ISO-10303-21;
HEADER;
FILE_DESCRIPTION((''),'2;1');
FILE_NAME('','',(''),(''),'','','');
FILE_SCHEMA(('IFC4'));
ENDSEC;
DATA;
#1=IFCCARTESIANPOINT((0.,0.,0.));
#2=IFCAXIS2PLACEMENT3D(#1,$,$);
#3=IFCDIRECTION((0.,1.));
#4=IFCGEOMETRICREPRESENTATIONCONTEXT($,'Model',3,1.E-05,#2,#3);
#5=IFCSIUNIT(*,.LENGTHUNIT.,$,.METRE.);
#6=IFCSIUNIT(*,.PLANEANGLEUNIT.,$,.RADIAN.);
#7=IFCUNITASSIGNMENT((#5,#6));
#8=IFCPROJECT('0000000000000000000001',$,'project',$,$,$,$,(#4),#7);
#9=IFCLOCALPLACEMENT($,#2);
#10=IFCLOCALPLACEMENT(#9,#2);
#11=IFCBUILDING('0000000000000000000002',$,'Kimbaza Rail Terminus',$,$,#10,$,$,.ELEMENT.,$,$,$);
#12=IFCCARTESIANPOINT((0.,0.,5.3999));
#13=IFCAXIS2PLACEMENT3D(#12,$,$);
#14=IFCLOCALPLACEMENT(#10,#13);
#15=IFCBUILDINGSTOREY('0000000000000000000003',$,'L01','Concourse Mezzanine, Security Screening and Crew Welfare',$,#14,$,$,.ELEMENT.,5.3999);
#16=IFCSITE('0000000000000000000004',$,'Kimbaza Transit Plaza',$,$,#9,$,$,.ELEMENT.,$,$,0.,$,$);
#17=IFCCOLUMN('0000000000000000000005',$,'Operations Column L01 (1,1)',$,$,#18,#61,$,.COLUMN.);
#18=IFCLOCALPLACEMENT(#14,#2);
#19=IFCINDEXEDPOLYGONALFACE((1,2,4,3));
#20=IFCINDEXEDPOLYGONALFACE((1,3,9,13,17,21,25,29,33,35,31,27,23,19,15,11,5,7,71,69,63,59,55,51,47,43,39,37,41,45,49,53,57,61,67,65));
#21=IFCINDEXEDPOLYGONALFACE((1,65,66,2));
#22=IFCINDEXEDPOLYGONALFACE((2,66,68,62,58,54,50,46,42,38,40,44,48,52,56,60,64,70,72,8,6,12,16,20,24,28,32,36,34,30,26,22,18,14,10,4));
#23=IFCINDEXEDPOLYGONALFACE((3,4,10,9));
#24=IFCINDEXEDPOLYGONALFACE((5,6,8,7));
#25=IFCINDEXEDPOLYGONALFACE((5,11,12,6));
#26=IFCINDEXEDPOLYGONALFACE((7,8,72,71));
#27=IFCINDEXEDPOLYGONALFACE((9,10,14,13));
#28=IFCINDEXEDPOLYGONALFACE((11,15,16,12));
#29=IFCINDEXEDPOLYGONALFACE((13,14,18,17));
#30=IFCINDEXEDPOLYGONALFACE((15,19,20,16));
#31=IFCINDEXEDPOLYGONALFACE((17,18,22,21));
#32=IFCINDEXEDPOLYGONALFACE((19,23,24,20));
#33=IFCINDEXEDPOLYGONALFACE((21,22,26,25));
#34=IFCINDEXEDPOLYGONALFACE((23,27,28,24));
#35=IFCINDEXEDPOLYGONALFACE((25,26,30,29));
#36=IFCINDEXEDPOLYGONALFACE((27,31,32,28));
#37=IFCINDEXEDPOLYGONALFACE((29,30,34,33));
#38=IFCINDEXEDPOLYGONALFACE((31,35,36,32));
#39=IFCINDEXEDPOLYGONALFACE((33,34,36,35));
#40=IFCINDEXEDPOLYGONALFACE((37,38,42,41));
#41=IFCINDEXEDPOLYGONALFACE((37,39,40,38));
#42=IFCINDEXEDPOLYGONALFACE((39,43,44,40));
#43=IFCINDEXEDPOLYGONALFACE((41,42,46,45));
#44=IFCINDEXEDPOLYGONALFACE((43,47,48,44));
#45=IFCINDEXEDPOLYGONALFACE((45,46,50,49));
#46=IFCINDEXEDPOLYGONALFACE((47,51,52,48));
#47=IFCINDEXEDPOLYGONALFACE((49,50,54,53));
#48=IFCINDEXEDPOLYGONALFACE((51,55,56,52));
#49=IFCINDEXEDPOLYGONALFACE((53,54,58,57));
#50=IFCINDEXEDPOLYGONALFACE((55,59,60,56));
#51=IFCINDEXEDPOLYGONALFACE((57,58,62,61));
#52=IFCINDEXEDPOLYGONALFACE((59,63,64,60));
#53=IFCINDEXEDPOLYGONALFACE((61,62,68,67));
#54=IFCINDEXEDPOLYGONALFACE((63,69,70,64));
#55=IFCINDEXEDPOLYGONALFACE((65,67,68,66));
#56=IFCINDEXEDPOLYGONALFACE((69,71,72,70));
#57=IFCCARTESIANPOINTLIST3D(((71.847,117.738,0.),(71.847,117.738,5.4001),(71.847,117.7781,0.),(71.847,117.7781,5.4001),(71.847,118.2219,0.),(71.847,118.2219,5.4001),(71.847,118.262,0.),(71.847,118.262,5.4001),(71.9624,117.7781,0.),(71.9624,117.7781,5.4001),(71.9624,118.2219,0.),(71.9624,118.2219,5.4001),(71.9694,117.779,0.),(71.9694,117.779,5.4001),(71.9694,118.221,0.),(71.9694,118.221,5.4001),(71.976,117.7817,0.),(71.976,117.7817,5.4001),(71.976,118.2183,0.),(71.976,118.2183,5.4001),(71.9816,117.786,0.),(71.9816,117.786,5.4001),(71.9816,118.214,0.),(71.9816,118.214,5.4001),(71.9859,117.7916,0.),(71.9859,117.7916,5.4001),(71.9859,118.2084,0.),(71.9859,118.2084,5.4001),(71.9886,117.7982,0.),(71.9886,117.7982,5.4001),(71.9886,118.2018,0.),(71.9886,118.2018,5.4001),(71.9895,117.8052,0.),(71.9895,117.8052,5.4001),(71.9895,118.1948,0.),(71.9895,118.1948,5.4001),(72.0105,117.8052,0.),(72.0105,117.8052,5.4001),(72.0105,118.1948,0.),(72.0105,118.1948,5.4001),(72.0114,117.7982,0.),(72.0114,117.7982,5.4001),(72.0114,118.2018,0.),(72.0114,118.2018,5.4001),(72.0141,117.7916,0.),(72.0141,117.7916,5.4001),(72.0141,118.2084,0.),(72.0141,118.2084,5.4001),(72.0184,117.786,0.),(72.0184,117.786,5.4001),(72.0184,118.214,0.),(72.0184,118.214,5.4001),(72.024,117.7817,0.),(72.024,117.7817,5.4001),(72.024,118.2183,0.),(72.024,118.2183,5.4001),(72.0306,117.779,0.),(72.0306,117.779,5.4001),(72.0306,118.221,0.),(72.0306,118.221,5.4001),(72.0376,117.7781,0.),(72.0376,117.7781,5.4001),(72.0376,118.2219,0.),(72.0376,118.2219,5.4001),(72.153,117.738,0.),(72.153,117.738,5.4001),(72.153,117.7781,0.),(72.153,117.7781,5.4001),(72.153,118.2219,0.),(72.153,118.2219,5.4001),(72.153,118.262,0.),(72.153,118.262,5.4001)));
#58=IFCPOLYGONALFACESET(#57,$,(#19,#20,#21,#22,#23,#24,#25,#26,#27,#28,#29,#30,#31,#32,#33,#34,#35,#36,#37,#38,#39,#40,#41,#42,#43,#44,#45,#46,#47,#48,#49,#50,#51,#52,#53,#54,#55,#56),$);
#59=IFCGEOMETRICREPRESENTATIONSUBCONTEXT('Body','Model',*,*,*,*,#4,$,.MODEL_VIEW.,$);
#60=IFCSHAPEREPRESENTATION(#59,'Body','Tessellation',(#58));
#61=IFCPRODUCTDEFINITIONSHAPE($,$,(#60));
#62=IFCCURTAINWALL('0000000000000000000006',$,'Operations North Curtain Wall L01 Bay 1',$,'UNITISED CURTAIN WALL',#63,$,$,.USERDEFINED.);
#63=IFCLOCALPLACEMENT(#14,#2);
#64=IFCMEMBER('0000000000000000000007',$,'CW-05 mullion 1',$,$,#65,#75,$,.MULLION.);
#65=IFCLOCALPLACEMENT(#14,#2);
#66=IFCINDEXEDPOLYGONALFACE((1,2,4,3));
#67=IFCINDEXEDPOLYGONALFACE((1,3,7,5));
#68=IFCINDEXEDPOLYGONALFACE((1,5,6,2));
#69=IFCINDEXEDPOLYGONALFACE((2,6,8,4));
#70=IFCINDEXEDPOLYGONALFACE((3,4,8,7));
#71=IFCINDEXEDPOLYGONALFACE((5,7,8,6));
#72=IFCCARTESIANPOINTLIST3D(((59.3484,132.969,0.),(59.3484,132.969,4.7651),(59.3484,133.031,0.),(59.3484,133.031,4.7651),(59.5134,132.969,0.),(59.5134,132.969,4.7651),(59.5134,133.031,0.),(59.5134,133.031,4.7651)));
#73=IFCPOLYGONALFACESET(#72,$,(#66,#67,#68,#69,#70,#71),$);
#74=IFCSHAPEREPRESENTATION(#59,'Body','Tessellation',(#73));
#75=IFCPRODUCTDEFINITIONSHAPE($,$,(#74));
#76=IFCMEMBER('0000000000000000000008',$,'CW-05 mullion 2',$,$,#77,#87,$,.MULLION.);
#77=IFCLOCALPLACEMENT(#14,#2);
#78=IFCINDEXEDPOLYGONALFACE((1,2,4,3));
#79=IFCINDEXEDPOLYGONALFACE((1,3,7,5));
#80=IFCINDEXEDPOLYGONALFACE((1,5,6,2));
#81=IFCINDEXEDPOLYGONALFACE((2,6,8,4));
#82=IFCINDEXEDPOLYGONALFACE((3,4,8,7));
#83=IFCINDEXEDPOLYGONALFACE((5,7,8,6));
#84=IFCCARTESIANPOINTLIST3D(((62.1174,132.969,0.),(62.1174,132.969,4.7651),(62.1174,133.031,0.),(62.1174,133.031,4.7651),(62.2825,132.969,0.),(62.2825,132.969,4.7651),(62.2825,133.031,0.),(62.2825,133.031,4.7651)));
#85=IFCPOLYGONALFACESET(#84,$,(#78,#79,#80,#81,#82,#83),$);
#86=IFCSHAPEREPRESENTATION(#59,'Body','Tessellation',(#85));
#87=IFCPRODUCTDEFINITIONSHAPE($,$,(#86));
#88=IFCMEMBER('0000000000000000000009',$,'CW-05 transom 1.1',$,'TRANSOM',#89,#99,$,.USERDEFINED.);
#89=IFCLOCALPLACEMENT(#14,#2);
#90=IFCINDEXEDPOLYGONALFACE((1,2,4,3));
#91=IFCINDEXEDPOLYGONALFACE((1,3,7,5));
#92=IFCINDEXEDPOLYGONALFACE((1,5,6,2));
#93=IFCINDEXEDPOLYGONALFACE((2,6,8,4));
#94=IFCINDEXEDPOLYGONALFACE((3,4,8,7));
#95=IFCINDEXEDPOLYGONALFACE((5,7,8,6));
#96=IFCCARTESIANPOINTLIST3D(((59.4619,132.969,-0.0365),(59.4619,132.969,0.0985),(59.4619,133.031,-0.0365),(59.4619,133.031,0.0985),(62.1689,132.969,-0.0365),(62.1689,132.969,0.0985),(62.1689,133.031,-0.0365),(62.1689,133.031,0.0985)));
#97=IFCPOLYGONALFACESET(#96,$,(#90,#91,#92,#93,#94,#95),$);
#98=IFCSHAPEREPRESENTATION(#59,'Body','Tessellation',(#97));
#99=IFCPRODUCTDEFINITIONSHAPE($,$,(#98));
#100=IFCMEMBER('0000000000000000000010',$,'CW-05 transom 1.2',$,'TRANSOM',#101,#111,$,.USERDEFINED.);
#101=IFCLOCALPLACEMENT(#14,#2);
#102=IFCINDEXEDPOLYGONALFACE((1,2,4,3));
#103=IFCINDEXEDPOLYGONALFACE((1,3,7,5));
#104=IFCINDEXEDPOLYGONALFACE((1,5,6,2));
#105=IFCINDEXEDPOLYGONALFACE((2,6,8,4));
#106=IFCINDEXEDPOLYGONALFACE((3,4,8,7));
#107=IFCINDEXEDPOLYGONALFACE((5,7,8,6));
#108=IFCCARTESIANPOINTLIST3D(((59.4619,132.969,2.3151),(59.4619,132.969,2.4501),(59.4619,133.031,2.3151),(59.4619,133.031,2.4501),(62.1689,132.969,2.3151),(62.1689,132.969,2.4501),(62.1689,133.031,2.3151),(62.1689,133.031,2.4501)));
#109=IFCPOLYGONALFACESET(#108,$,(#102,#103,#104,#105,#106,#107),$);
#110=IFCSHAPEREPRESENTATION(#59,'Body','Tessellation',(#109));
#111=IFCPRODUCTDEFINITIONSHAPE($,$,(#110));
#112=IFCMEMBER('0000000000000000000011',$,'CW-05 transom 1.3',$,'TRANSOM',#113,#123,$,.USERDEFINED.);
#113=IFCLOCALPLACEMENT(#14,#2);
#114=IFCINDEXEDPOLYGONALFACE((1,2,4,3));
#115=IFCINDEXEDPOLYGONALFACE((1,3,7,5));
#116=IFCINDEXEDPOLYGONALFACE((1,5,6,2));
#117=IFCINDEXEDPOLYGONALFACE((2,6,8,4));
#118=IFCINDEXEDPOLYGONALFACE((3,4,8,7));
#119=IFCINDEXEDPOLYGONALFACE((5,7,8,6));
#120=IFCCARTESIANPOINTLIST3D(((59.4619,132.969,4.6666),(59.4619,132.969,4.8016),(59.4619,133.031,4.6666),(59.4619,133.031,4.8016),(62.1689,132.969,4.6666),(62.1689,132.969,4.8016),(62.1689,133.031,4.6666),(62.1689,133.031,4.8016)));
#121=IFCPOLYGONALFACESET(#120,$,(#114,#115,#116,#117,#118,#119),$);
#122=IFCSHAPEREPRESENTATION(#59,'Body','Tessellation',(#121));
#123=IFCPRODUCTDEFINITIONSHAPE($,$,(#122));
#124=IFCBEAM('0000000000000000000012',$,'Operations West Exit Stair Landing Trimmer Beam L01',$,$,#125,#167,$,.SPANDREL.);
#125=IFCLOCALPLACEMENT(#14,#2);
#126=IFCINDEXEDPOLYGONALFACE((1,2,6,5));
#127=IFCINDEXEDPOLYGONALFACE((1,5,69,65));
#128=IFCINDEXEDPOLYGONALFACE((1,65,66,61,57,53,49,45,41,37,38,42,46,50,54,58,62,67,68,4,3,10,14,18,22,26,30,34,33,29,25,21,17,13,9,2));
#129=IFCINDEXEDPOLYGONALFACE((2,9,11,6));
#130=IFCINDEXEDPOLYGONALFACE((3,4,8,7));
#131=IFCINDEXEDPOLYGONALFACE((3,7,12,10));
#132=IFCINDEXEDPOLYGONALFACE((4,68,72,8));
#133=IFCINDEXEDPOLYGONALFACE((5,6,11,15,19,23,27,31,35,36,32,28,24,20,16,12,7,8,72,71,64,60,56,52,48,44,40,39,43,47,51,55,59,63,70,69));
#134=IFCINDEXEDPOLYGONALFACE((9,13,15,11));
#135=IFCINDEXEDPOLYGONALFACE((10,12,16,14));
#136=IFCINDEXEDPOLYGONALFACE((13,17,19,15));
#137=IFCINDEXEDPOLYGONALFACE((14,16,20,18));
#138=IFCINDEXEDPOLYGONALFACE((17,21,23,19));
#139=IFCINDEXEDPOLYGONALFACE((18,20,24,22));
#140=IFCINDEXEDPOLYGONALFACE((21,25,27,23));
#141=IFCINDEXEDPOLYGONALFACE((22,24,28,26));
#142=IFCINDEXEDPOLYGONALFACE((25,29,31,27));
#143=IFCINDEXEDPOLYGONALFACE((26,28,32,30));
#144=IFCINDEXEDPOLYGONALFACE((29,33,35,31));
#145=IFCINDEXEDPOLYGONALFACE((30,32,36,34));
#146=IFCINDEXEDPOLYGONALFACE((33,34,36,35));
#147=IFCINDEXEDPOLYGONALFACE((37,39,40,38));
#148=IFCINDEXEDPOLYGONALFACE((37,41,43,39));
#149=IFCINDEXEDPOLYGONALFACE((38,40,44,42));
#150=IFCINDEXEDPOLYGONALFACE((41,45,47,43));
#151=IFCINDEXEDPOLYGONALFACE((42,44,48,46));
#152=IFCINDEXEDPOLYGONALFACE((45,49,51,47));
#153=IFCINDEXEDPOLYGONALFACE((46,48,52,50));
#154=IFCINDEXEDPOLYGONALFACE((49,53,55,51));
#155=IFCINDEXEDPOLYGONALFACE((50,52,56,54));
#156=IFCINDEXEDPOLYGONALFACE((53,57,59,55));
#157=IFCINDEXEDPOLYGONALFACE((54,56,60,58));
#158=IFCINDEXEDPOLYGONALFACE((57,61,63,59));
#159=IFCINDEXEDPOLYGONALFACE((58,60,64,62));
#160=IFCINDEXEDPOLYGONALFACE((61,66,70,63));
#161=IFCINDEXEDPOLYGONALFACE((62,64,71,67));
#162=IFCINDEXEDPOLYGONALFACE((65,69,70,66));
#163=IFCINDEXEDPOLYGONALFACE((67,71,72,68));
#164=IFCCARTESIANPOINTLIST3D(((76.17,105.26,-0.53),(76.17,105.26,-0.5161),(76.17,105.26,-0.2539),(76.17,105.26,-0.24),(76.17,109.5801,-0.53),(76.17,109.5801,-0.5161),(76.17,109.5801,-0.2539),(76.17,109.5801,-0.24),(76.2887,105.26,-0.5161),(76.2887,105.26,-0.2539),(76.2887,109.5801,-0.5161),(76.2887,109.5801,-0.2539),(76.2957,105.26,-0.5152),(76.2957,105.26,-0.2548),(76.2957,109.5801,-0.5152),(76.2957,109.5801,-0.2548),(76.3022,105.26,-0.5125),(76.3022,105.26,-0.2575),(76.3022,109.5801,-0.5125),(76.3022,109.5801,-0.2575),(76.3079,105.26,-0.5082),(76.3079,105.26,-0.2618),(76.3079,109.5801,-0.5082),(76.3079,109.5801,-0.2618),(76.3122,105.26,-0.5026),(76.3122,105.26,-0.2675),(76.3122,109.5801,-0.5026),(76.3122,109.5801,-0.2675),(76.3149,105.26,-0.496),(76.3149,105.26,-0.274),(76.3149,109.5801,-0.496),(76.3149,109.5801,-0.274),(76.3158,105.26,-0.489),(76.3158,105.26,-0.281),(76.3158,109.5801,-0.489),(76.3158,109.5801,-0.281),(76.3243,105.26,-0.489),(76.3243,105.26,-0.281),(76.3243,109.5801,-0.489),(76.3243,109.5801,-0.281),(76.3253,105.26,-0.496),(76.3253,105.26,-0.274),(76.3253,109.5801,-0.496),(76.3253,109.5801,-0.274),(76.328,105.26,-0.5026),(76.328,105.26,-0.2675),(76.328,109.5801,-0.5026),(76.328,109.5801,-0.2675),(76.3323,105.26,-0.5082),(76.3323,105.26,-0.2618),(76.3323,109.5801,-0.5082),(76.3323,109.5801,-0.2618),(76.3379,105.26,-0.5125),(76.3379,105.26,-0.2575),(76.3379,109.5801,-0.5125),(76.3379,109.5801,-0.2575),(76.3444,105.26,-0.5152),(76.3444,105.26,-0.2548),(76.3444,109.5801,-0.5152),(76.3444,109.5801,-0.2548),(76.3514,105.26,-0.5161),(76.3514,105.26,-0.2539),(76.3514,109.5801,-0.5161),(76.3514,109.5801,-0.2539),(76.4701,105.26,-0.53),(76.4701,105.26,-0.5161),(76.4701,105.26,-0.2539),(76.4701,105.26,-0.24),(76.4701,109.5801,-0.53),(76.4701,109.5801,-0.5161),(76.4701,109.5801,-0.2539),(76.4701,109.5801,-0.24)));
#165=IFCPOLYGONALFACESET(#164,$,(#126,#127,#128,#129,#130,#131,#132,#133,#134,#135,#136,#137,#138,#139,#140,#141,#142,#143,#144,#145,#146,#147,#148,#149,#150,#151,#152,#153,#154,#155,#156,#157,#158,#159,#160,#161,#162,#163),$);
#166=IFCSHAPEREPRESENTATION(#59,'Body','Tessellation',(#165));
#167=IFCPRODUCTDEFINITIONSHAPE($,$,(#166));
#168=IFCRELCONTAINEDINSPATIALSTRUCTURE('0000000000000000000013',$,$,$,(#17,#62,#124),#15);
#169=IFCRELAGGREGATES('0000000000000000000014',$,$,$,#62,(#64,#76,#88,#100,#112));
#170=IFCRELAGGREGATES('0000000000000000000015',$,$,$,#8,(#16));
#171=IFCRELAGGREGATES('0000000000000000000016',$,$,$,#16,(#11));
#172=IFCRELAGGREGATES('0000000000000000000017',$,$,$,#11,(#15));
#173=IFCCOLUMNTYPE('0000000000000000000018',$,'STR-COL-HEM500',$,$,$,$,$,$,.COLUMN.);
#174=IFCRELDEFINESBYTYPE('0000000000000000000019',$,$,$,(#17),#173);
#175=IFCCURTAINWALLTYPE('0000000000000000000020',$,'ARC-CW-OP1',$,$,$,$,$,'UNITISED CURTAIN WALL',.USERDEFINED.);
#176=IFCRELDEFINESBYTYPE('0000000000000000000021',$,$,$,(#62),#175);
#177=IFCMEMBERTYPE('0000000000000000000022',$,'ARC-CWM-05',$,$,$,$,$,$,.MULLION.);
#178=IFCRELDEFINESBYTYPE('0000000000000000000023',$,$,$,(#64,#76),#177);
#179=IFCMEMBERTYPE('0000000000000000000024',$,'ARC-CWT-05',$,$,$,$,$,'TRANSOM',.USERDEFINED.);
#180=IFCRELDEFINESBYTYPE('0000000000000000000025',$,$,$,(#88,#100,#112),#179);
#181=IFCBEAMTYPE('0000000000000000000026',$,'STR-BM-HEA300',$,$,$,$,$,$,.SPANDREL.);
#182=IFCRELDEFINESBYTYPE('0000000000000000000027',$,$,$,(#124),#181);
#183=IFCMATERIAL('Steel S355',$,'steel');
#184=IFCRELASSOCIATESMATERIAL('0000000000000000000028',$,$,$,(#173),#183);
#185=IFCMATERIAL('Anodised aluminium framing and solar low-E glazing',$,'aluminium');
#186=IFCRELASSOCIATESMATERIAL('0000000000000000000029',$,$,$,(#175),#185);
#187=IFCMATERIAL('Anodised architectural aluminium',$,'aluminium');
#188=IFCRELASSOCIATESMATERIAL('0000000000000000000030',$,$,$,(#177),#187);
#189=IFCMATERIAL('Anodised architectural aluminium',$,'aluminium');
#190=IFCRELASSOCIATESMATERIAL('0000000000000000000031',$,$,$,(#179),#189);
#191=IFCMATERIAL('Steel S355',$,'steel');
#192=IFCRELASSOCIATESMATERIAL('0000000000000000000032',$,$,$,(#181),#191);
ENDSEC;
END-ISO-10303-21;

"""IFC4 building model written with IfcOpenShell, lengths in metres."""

from ifc_helpers import new_model, si_unit, direction, frame, origin, origin_2d, place, context, subcontext, project, spatial, rectangle, i_section, extrude, material, material_profile, profile_set, type_object, element, aggregate, save


model = new_model("IFC4")

# Units and contexts
model_context = context("Model", 3, precision=1e-05, world=origin(), true_north=direction((0.0, 1.0)))
body_context = subcontext(model_context, "Body", "Model", "MODEL_VIEW")
ifc_project = project(units=[si_unit("LENGTHUNIT", "METRE"), si_unit("PLANEANGLEUNIT", "RADIAN")], contexts=[model_context])

# Site, building, storey
site_placement = place(None, origin())
site = spatial("IfcSite", under=ifc_project, at=site_placement, Name="Kimbaza Transit Plaza", CompositionType="ELEMENT", RefElevation=0.0)
building_placement = place(site_placement, origin())
building = spatial("IfcBuilding", under=site, at=building_placement, Name="Kimbaza Rail Terminus", CompositionType="ELEMENT")
storey_placement = place(building_placement, frame((0.0, 0.0, 5.3999)))
storey = spatial("IfcBuildingStorey", under=building, at=storey_placement, Name="L01", Description="Concourse Mezzanine, Security Screening and Crew Welfare", CompositionType="ELEMENT", Elevation=5.3999)

# Column
ifc_material_1 = material(Name="Steel S355", Category="steel")
ifc_material_profile_1 = material_profile(ifc_material_1, i_section(OverallWidth=0.3059, OverallDepth=0.5239, WebThickness=0.021, FlangeThickness=0.04, FilletRadius=0.0271, at=origin_2d()), Name="HEM 500")
ifc_profile_set_1 = profile_set([ifc_material_profile_1], Name="Steel S355")
column_type = type_object("IfcColumnType", Name="STR-COL-HEM500", PredefinedType="COLUMN", material=ifc_profile_set_1)
column_placement = place(storey_placement, frame((72.0, 118.0, 0.0), z_axis=(0.0, 0.0, 1.0), x_axis=(1.0, 0.0, 0.0)))
element("IfcColumn", 1, at=column_placement, inside=storey, type_object=column_type, Name="Operations Column L01 (1,1)", PredefinedType="COLUMN", context=body_context, shape_type="SweptSolid", body=[
    extrude(i_section(OverallWidth=0.3059, OverallDepth=0.5239, WebThickness=0.021, FlangeThickness=0.04, FilletRadius=0.0271, at=origin_2d()), origin(), (0.0, 0.0, 1.0), 5.4001),
])

# Curtain wall, members
ifc_material_2 = material(Name="Anodised aluminium framing and solar low-E glazing", Category="aluminium")
curtain_wall_type = type_object("IfcCurtainWallType", Name="ARC-CW-OP1", ElementType="UNITISED CURTAIN WALL", PredefinedType="USERDEFINED", material=ifc_material_2)
curtain_wall_placement = place(storey_placement, origin())
curtain_wall = element("IfcCurtainWall", 2, at=curtain_wall_placement, inside=storey, type_object=curtain_wall_type, Name="Operations North Curtain Wall L01 Bay 1", ObjectType="UNITISED CURTAIN WALL", PredefinedType="USERDEFINED")
ifc_material_3 = material(Name="Anodised architectural aluminium", Category="aluminium")
ifc_material_profile_2 = material_profile(ifc_material_3, rectangle(XDim=0.062, YDim=0.165, at=origin_2d()), Name="MULLION 62x165")
ifc_profile_set_2 = profile_set([ifc_material_profile_2], Name="Anodised architectural aluminium")
member_type_1 = type_object("IfcMemberType", Name="ARC-CWM-05", PredefinedType="MULLION", material=ifc_profile_set_2)
member_1_placement = place(storey_placement, frame((59.4309, 133.0, 0.0), z_axis=(0.0, 0.0, 1.0), x_axis=(0.0, 1.0, 0.0)))
member_1 = element("IfcMember", 3, at=member_1_placement, type_object=member_type_1, Name="CW-05 mullion 1", PredefinedType="MULLION", context=body_context, shape_type="SweptSolid", body=[
    extrude(rectangle(XDim=0.062, YDim=0.165, at=origin_2d()), origin(), (0.0, 0.0, 1.0), 4.7651),
])
member_2_placement = place(storey_placement, frame((62.2, 133.0, 0.0), z_axis=(0.0, 0.0, 1.0), x_axis=(0.0, 1.0, 0.0)))
member_2 = element("IfcMember", 4, at=member_2_placement, type_object=member_type_1, Name="CW-05 mullion 2", PredefinedType="MULLION", context=body_context, shape_type="SweptSolid", body=[
    extrude(rectangle(XDim=0.062, YDim=0.165, at=origin_2d()), origin(), (0.0, 0.0, 1.0), 4.7651),
])
ifc_material_4 = material(Name="Anodised architectural aluminium", Category="aluminium")
ifc_material_profile_3 = material_profile(ifc_material_4, rectangle(XDim=0.062, YDim=0.135, at=origin_2d()), Name="TRANSOM 62x135")
ifc_profile_set_3 = profile_set([ifc_material_profile_3], Name="Anodised architectural aluminium")
member_type_2 = type_object("IfcMemberType", Name="ARC-CWT-05", ElementType="TRANSOM", PredefinedType="USERDEFINED", material=ifc_profile_set_3)
member_3_placement = place(storey_placement, frame((59.4619, 133.0, 0.031), z_axis=(1.0, 0.0, 0.0), x_axis=(0.0, 1.0, 0.0)))
member_3 = element("IfcMember", 5, at=member_3_placement, type_object=member_type_2, Name="CW-05 transom 1.1", ObjectType="TRANSOM", PredefinedType="USERDEFINED", context=body_context, shape_type="SweptSolid", body=[
    extrude(rectangle(XDim=0.062, YDim=0.135, at=origin_2d()), origin(), (0.0, 0.0, 1.0), 2.707),
])
member_4_placement = place(storey_placement, frame((59.4619, 133.0, 2.3826), z_axis=(1.0, 0.0, 0.0), x_axis=(0.0, 1.0, 0.0)))
member_4 = element("IfcMember", 6, at=member_4_placement, type_object=member_type_2, Name="CW-05 transom 1.2", ObjectType="TRANSOM", PredefinedType="USERDEFINED", context=body_context, shape_type="SweptSolid", body=[
    extrude(rectangle(XDim=0.062, YDim=0.135, at=origin_2d()), origin(), (0.0, 0.0, 1.0), 2.707),
])
member_5_placement = place(storey_placement, frame((59.4619, 133.0, 4.7341), z_axis=(1.0, 0.0, 0.0), x_axis=(0.0, 1.0, 0.0)))
member_5 = element("IfcMember", 7, at=member_5_placement, type_object=member_type_2, Name="CW-05 transom 1.3", ObjectType="TRANSOM", PredefinedType="USERDEFINED", context=body_context, shape_type="SweptSolid", body=[
    extrude(rectangle(XDim=0.062, YDim=0.135, at=origin_2d()), origin(), (0.0, 0.0, 1.0), 2.707),
])

# Beam
ifc_material_5 = material(Name="Steel S355", Category="steel")
ifc_material_profile_4 = material_profile(ifc_material_5, i_section(OverallWidth=0.3, OverallDepth=0.29, WebThickness=0.0085, FlangeThickness=0.0139, FilletRadius=0.0271, at=origin_2d()), Name="HEA 300")
ifc_profile_set_4 = profile_set([ifc_material_profile_4], Name="Steel S355")
beam_type_1 = type_object("IfcBeamType", Name="STR-BM-HEA300", PredefinedType="SPANDREL", material=ifc_profile_set_4)
beam_1_placement = place(storey_placement, frame((76.3201, 105.26, -0.385), z_axis=(0.0, 1.0, 0.0), x_axis=(-1.0, 0.0, 0.0)))
element("IfcBeam", 8, at=beam_1_placement, inside=storey, type_object=beam_type_1, Name="Operations West Exit Stair Landing Trimmer Beam L01", PredefinedType="SPANDREL", context=body_context, shape_type="SweptSolid", body=[
    extrude(i_section(OverallWidth=0.3, OverallDepth=0.29, WebThickness=0.0085, FlangeThickness=0.0139, FilletRadius=0.0271, at=origin_2d()), origin(), (0.0, 0.0, 1.0), 4.3201),
])

aggregate(curtain_wall, [member_1, member_2, member_3, member_4, member_5])

save(model, "model.ifc")
